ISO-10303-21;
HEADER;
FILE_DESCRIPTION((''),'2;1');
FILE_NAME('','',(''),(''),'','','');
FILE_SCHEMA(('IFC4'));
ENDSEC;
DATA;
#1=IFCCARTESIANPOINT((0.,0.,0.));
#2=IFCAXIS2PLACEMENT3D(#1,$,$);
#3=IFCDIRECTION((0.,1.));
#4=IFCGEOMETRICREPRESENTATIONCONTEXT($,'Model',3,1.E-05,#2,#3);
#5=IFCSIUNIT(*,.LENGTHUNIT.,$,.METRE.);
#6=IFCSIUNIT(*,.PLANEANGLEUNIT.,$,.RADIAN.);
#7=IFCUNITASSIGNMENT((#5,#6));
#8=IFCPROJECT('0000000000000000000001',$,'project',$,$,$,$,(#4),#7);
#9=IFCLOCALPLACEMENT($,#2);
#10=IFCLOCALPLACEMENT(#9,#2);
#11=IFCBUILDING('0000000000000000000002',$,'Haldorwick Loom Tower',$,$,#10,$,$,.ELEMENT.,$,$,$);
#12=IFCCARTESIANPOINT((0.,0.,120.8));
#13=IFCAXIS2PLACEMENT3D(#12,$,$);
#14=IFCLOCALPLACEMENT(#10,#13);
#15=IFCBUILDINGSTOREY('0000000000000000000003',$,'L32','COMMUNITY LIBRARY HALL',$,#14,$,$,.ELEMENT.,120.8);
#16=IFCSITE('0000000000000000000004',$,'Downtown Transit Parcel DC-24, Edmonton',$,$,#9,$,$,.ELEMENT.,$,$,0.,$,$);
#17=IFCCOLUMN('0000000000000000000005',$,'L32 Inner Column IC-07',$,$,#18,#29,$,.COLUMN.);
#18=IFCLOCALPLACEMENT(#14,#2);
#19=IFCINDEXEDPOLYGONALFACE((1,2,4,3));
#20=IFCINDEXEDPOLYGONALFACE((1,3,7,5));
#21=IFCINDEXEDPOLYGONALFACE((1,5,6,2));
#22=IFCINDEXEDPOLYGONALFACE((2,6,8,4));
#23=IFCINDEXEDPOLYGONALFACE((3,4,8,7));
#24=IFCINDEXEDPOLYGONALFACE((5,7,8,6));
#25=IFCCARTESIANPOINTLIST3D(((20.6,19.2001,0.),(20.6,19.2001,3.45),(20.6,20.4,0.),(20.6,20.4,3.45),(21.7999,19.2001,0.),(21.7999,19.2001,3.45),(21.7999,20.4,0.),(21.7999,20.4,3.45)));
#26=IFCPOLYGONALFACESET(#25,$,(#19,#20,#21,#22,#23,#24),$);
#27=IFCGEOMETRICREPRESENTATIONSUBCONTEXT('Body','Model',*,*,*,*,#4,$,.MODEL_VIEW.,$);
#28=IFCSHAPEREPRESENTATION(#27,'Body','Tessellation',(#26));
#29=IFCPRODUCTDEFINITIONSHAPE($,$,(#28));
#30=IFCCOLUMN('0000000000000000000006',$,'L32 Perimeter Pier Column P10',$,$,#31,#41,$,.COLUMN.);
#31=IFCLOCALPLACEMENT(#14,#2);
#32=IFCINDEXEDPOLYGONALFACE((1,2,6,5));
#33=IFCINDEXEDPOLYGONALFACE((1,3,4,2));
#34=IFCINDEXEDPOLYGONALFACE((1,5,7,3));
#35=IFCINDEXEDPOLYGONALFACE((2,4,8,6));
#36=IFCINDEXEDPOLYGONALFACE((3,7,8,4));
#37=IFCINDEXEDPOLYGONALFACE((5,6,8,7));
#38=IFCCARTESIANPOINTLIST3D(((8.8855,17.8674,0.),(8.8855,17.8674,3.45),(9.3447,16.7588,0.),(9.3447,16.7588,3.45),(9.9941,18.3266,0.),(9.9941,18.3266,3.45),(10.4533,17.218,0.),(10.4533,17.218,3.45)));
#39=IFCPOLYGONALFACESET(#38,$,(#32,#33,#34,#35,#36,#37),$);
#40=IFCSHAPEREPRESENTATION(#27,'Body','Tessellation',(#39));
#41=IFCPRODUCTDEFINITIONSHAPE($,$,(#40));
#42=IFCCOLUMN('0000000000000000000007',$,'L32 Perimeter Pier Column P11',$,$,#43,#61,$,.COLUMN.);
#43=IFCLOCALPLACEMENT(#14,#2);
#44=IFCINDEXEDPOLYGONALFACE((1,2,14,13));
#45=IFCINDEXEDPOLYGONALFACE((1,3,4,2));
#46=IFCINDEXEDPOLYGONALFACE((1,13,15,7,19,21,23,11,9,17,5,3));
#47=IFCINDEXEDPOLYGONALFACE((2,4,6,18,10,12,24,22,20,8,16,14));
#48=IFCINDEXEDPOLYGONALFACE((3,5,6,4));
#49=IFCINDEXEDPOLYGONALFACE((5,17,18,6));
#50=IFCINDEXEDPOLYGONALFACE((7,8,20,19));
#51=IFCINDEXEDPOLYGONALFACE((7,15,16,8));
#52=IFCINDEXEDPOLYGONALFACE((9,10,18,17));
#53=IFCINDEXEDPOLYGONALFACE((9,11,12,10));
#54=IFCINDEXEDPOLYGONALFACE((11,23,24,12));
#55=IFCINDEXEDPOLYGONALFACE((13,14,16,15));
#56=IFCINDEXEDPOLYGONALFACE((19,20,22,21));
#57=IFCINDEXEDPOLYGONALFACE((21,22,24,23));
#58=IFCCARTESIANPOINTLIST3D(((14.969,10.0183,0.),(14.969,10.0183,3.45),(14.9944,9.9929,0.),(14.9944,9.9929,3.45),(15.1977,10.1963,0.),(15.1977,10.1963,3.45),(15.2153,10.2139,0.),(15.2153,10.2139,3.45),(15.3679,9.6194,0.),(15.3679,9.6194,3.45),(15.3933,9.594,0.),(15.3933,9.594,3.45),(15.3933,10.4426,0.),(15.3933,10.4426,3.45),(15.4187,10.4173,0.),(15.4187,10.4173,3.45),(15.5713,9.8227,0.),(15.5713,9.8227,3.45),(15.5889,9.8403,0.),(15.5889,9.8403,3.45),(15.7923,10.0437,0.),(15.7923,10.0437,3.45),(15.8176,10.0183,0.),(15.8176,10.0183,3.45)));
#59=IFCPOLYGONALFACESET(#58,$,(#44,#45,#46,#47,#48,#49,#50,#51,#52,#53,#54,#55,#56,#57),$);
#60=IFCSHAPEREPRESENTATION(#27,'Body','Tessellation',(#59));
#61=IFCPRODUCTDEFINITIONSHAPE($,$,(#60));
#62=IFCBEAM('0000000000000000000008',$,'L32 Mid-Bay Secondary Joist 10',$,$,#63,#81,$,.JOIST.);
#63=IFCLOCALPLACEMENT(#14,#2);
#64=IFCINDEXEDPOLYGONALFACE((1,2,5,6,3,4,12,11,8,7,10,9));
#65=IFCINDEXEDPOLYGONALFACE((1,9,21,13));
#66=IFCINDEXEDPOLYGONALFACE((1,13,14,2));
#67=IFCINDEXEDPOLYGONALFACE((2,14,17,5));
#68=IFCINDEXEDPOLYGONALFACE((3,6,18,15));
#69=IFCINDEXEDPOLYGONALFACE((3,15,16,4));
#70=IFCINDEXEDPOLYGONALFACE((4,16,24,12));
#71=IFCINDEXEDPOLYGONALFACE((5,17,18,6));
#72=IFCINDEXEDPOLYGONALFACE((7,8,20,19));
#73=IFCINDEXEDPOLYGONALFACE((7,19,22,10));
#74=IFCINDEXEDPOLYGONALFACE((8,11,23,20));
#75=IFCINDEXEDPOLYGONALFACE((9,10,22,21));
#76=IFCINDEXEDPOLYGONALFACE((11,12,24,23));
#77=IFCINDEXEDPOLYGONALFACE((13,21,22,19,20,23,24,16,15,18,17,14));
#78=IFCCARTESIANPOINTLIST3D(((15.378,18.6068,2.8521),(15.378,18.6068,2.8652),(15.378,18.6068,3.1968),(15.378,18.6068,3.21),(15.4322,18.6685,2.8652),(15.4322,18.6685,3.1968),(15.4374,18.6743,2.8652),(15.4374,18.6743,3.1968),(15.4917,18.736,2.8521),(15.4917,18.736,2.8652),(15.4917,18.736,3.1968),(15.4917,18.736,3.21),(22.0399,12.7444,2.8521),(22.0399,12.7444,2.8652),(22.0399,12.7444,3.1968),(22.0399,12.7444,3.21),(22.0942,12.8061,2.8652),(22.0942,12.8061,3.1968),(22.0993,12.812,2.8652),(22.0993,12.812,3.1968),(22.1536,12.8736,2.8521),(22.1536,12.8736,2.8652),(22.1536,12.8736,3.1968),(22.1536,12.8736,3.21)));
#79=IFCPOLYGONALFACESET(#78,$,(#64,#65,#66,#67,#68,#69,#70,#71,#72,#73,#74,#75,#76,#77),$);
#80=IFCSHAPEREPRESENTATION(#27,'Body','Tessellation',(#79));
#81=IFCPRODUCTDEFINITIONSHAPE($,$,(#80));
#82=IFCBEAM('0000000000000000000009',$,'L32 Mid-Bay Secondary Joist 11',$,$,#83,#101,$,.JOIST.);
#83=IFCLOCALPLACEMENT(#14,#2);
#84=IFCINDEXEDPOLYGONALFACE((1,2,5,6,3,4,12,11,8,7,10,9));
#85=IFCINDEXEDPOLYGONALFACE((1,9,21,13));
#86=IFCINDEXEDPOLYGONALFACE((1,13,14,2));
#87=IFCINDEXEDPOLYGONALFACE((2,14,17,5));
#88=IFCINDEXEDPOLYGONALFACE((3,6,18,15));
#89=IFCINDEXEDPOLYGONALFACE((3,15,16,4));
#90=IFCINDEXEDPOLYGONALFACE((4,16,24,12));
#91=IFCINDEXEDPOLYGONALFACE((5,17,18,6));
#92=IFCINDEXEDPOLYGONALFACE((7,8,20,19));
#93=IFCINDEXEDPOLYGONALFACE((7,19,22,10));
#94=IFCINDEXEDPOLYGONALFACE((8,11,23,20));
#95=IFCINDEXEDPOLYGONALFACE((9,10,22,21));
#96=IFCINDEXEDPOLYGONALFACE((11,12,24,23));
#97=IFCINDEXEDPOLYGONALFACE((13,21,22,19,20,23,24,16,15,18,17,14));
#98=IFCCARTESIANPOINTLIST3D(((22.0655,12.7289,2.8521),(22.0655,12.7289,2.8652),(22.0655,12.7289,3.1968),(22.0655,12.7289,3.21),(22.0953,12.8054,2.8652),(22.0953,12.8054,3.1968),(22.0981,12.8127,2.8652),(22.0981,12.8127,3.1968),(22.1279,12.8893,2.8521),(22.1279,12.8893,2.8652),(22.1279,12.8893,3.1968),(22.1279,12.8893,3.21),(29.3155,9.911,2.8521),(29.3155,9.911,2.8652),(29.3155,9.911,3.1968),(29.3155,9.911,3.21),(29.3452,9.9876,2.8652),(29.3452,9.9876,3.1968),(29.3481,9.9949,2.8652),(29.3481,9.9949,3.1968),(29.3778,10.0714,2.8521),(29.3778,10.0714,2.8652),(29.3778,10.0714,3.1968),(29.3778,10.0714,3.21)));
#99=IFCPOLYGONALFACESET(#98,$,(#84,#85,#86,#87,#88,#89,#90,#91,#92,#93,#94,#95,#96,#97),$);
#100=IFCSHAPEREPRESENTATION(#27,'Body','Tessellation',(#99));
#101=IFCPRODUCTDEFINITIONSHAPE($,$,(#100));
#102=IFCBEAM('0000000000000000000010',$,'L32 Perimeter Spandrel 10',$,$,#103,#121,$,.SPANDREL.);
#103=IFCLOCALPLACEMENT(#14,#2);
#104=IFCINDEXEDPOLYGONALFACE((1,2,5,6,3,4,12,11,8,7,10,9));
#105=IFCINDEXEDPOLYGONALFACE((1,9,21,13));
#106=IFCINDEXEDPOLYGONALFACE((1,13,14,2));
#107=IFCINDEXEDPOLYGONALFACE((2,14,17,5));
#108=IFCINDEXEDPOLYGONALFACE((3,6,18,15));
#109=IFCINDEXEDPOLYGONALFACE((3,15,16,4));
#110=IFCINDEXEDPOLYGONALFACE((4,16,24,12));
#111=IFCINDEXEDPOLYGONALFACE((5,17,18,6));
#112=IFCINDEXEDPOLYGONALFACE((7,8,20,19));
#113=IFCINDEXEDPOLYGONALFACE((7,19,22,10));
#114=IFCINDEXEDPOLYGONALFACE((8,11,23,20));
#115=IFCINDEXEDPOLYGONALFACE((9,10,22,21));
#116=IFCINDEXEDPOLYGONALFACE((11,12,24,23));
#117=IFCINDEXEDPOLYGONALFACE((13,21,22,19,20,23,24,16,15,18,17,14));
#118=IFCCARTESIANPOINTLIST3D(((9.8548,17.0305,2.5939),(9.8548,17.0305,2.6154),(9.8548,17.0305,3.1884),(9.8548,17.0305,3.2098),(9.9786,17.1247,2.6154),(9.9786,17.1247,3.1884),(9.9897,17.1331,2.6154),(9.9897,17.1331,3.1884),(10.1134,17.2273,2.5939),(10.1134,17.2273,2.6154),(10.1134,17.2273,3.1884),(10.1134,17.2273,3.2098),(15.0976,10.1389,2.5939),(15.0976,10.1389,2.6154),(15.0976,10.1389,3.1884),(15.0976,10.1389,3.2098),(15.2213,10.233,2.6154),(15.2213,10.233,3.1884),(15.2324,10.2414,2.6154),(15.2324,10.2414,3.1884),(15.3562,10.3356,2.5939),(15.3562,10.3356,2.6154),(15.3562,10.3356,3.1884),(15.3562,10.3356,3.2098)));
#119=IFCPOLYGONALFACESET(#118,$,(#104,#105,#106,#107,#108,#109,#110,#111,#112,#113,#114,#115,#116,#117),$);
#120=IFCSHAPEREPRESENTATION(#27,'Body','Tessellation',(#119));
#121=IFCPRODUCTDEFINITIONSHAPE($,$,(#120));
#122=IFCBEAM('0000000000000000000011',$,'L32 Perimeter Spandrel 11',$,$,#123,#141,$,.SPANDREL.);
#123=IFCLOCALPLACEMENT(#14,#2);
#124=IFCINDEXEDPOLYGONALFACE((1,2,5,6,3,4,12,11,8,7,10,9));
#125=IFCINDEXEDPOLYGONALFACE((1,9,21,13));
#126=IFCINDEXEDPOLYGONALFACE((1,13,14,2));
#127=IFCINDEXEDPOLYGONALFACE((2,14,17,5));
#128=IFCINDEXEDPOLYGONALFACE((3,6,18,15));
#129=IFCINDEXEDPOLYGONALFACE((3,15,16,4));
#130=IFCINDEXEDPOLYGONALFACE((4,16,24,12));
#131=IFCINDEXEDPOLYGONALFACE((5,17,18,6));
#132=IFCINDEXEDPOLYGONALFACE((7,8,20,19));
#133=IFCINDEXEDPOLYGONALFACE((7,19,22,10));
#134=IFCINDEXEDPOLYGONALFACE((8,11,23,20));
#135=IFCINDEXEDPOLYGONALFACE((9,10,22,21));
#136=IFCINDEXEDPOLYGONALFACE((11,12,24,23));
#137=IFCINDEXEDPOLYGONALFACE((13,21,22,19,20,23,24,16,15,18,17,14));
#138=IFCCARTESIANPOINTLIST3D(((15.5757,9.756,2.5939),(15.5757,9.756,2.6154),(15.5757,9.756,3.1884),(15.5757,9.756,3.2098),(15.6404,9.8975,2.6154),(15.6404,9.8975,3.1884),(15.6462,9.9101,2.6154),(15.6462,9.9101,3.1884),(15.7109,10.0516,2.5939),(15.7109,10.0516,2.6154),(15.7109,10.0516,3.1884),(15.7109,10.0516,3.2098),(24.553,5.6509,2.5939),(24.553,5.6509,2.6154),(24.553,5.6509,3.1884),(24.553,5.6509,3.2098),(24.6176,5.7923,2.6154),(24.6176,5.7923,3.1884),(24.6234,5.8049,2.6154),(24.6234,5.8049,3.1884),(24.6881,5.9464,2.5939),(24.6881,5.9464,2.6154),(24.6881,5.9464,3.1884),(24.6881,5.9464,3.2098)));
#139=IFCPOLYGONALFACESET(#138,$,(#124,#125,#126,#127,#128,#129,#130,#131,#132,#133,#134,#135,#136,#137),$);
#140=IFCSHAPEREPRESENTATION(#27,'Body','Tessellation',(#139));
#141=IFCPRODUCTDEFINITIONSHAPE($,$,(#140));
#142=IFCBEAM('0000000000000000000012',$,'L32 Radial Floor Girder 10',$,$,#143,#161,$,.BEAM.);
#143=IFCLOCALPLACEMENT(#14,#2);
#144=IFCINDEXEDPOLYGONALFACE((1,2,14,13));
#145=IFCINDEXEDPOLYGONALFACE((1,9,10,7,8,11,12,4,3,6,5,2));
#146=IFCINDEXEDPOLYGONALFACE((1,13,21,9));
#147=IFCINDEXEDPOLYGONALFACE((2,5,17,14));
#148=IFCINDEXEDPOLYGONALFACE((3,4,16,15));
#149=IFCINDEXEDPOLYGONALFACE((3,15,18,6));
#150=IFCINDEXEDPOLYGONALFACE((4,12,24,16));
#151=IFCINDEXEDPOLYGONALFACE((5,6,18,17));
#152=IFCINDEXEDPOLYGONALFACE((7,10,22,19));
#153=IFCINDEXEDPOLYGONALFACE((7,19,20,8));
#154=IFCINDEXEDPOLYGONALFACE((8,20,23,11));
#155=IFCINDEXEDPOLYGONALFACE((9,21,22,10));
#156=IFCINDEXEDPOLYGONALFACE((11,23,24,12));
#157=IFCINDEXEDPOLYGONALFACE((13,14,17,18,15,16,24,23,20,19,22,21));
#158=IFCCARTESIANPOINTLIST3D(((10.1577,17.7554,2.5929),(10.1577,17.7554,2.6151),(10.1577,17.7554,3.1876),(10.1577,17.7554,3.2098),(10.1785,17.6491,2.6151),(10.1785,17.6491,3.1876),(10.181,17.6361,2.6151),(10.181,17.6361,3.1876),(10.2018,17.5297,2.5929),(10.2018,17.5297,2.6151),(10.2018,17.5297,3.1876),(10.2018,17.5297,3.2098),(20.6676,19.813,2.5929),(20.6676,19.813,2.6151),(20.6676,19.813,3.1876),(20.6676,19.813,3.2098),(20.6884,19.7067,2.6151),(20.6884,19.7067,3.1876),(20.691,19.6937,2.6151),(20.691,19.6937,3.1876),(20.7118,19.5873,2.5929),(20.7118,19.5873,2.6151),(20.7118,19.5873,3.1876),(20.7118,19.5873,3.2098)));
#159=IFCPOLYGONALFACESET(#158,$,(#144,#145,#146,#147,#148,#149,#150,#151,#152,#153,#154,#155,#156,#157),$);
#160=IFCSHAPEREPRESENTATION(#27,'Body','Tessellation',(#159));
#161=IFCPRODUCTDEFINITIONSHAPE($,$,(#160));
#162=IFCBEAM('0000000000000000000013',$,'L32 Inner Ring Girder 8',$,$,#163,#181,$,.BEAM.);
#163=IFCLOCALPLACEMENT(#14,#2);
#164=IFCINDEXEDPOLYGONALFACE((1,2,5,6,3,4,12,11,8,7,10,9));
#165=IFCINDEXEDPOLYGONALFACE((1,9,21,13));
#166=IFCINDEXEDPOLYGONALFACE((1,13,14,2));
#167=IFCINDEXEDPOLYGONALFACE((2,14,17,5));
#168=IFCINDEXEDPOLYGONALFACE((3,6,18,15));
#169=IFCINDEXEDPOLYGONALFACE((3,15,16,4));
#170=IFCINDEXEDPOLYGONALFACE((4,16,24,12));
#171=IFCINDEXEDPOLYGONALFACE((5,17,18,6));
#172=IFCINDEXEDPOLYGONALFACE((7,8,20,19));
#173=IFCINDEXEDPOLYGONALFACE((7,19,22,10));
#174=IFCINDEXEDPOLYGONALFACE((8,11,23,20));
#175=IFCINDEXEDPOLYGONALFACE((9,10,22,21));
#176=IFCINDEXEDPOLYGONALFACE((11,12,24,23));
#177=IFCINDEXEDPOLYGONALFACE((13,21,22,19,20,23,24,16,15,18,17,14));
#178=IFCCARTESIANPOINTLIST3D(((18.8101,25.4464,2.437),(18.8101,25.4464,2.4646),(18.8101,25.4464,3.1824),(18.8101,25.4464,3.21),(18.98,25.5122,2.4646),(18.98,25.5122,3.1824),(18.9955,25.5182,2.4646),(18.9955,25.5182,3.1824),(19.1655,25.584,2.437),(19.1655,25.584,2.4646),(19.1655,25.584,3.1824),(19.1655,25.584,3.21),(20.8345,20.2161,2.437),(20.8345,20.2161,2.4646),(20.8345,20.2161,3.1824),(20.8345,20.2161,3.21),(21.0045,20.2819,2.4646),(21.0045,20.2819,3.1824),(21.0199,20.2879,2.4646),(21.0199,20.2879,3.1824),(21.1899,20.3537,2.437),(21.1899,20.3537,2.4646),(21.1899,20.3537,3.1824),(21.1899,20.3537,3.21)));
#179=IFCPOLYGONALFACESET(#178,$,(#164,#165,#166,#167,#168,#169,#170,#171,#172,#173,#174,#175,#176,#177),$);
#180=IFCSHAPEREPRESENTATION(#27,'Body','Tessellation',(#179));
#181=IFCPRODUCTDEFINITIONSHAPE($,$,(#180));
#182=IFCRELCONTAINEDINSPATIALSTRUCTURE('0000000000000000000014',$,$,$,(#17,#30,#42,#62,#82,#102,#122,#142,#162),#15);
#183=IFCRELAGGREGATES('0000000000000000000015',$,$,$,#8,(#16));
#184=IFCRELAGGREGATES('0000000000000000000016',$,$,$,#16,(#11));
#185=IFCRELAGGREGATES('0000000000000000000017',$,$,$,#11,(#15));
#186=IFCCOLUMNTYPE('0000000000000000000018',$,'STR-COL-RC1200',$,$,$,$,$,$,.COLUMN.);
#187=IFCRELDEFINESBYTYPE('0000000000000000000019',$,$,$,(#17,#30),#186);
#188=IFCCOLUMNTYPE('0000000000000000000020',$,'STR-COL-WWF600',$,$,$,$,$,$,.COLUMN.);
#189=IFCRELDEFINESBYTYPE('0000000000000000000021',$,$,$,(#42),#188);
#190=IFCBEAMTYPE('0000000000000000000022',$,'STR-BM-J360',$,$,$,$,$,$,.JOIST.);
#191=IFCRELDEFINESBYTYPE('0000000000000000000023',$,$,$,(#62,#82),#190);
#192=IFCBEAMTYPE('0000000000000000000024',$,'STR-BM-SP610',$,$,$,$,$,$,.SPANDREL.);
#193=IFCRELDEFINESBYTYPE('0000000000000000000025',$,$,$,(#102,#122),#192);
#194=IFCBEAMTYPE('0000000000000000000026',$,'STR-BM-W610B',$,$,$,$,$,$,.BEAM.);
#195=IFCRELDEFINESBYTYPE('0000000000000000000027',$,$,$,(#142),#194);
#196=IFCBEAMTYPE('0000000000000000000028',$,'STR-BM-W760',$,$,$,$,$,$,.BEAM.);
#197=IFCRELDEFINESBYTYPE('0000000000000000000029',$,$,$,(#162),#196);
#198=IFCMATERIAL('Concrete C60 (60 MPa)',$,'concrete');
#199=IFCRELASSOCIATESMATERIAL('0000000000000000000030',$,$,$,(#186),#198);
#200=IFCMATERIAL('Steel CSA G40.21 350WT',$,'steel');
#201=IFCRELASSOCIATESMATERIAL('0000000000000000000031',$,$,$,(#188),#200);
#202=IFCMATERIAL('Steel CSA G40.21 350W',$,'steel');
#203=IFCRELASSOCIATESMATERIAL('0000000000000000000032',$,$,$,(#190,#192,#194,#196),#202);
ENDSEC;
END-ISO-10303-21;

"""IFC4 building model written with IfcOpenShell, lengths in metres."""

from ifc_helpers import new_model, si_unit, direction, frame, origin, origin_2d, place, context, subcontext, project, spatial, rectangle, i_section, extrude, material, material_profile, profile_set, type_object, element, save


model = new_model("IFC4")

# Units and contexts
model_context = context("Model", 3, precision=1e-05, world=origin(), true_north=direction((0.0, 1.0)))
body_context = subcontext(model_context, "Body", "Model", "MODEL_VIEW")
ifc_project = project(units=[si_unit("LENGTHUNIT", "METRE"), si_unit("PLANEANGLEUNIT", "RADIAN")], contexts=[model_context])

# Site, building, storey
site_placement = place(None, origin())
site = spatial("IfcSite", under=ifc_project, at=site_placement, Name="Downtown Transit Parcel DC-24, Edmonton", CompositionType="ELEMENT", RefElevation=0.0)
building_placement = place(site_placement, origin())
building = spatial("IfcBuilding", under=site, at=building_placement, Name="Haldorwick Loom Tower", CompositionType="ELEMENT")
storey_placement = place(building_placement, frame((0.0, 0.0, 120.8)))
storey = spatial("IfcBuildingStorey", under=building, at=storey_placement, Name="L32", Description="COMMUNITY LIBRARY HALL", CompositionType="ELEMENT", Elevation=120.8)

# Columns
ifc_material_1 = material(Name="Concrete C60 (60 MPa)", Category="concrete")
ifc_material_profile_1 = material_profile(ifc_material_1, rectangle(XDim=1.2, YDim=1.2, at=origin_2d()), Name="RC1200X1200", Category="concrete")
ifc_profile_set_1 = profile_set([ifc_material_profile_1], Name="Concrete C60 (60 MPa)")
column_type_1 = type_object("IfcColumnType", Name="STR-COL-RC1200", PredefinedType="COLUMN", material=ifc_profile_set_1)
for number, where, z_axis, x_axis, name in (
    (1, (21.2, 19.8, 0.0), (0.0, 0.0, 1.0), (1.0, 0.0, 0.0), "L32 Inner Column IC-07"),
    (2, (9.6694, 17.5427, 0.0), (0.0, 0.0, 1.0), (-0.92388, -0.382683, 0.0), "L32 Perimeter Pier Column P10"),
):
    element("IfcColumn", number, at=place(storey_placement, frame(where, z_axis=z_axis, x_axis=x_axis)), inside=storey, type_object=column_type_1, Name=name, PredefinedType="COLUMN", context=body_context, shape_type="SweptSolid", body=[
        extrude(rectangle(XDim=1.2, YDim=1.2, at=origin_2d()), origin(), (0.0, 0.0, 1.0), 3.45),
    ])
ifc_material_2 = material(Name="Steel CSA G40.21 350WT", Category="steel")
ifc_material_profile_2 = material_profile(ifc_material_2, i_section(OverallWidth=0.6001, OverallDepth=0.6001, WebThickness=0.0249, FlangeThickness=0.0359, at=origin_2d()), Name="WWF600X600", Category="steel")
ifc_profile_set_2 = profile_set([ifc_material_profile_2], Name="Steel CSA G40.21 350WT")
column_type_2 = type_object("IfcColumnType", Name="STR-COL-WWF600", PredefinedType="COLUMN", material=ifc_profile_set_2)
column_placement = place(storey_placement, frame((15.3933, 10.0183, 0.0), z_axis=(0.0, 0.0, 1.0), x_axis=(-0.707107, -0.707107, 0.0)))
element("IfcColumn", 3, at=column_placement, inside=storey, type_object=column_type_2, Name="L32 Perimeter Pier Column P11", PredefinedType="COLUMN", context=body_context, shape_type="SweptSolid", body=[
    extrude(i_section(OverallWidth=0.6001, OverallDepth=0.6001, WebThickness=0.0249, FlangeThickness=0.0359, at=origin_2d()), origin(), (0.0, 0.0, 1.0), 3.45),
])

# Beams
ifc_material_3 = material(Name="Steel CSA G40.21 350W", Category="steel")
ifc_material_profile_3 = material_profile(ifc_material_3, i_section(OverallWidth=0.1721, OverallDepth=0.3579, WebThickness=0.0078, FlangeThickness=0.0132, at=origin_2d()), Name="W360X57", Category="steel")
ifc_profile_set_3 = profile_set([ifc_material_profile_3], Name="Steel CSA G40.21 350W")
beam_type_1 = type_object("IfcBeamType", Name="STR-BM-J360", PredefinedType="JOIST", material=ifc_profile_set_3)
beam_1_placement = place(storey_placement, frame((15.4348, 18.6714, 3.031), z_axis=(0.750721, -0.660619, 0.0), x_axis=(0.660619, 0.750721, 0.0)))
element("IfcBeam", 4, at=beam_1_placement, inside=storey, type_object=beam_type_1, Name="L32 Mid-Bay Secondary Joist 10", PredefinedType="JOIST", context=body_context, shape_type="SweptSolid", body=[
    extrude(i_section(OverallWidth=0.1721, OverallDepth=0.3579, WebThickness=0.0078, FlangeThickness=0.0132, at=origin_2d()), origin(), (0.0, 0.0, 1.0), 8.874),
])
beam_2_placement = place(storey_placement, frame((22.0967, 12.8091, 3.031), z_axis=(0.932073, -0.362271, 0.0), x_axis=(0.362271, 0.932073, 0.0)))
element("IfcBeam", 5, at=beam_2_placement, inside=storey, type_object=beam_type_1, Name="L32 Mid-Bay Secondary Joist 11", PredefinedType="JOIST", context=body_context, shape_type="SweptSolid", body=[
    extrude(i_section(OverallWidth=0.1721, OverallDepth=0.3579, WebThickness=0.0078, FlangeThickness=0.0132, at=origin_2d()), origin(), (0.0, 0.0, 1.0), 7.7783),
])
ifc_material_profile_4 = material_profile(ifc_material_3, i_section(OverallWidth=0.325, OverallDepth=0.616, WebThickness=0.0139, FlangeThickness=0.0215, at=origin_2d()), Name="W610X174", Category="steel")
ifc_profile_set_4 = profile_set([ifc_material_profile_4], Name="Steel CSA G40.21 350W")
beam_type_2 = type_object("IfcBeamType", Name="STR-BM-SP610", PredefinedType="SPANDREL", material=ifc_profile_set_4)
beam_3_placement = place(storey_placement, frame((9.9841, 17.1289, 2.9019), z_axis=(0.605454, -0.795881, 0.0), x_axis=(0.795881, 0.605454, 0.0)))
element("IfcBeam", 6, at=beam_3_placement, inside=storey, type_object=beam_type_2, Name="L32 Perimeter Spandrel 10", PredefinedType="SPANDREL", context=body_context, shape_type="SweptSolid", body=[
    extrude(i_section(OverallWidth=0.325, OverallDepth=0.616, WebThickness=0.0139, FlangeThickness=0.0215, at=origin_2d()), origin(), (0.0, 0.0, 1.0), 8.6592),
])
beam_4_placement = place(storey_placement, frame((15.6433, 9.9038, 2.9019), z_axis=(0.909424, -0.41587, 0.0), x_axis=(0.41587, 0.909424, 0.0)))
element("IfcBeam", 7, at=beam_4_placement, inside=storey, type_object=beam_type_2, Name="L32 Perimeter Spandrel 11", PredefinedType="SPANDREL", context=body_context, shape_type="SweptSolid", body=[
    extrude(i_section(OverallWidth=0.325, OverallDepth=0.616, WebThickness=0.0139, FlangeThickness=0.0215, at=origin_2d()), origin(), (0.0, 0.0, 1.0), 9.8713),
])
ifc_material_profile_5 = material_profile(ifc_material_3, i_section(OverallWidth=0.23, OverallDepth=0.6169, WebThickness=0.0132, FlangeThickness=0.0222, at=origin_2d()), Name="W610X140", Category="steel")
ifc_profile_set_5 = profile_set([ifc_material_profile_5], Name="Steel CSA G40.21 350W")
beam_type_3 = type_object("IfcBeamType", Name="STR-BM-W610B", PredefinedType="BEAM", material=ifc_profile_set_5)
beam_5_placement = place(storey_placement, frame((20.6897, 19.7002, 2.9014), z_axis=(-0.98137, -0.192129, 0.0), x_axis=(0.192129, -0.98137, 0.0)))
element("IfcBeam", 8, at=beam_5_placement, inside=storey, type_object=beam_type_3, Name="L32 Radial Floor Girder 10", PredefinedType="BEAM", context=body_context, shape_type="SweptSolid", body=[
    extrude(i_section(OverallWidth=0.23, OverallDepth=0.6169, WebThickness=0.0132, FlangeThickness=0.0222, at=origin_2d()), origin(), (0.0, 0.0, 1.0), 10.7095),
])
ifc_material_profile_6 = material_profile(ifc_material_3, i_section(OverallWidth=0.3811, OverallDepth=0.7729, WebThickness=0.0166, FlangeThickness=0.0276, at=origin_2d()), Name="W760X257", Category="steel")
ifc_profile_set_6 = profile_set([ifc_material_profile_6], Name="Steel CSA G40.21 350W")
beam_type_4 = type_object("IfcBeamType", Name="STR-BM-W760", PredefinedType="BEAM", material=ifc_profile_set_6)
beam_6_placement = place(storey_placement, frame((21.0122, 20.2849, 2.8235), z_axis=(-0.360965, 0.932579, 0.0), x_axis=(-0.932579, -0.360965, 0.0)))
element("IfcBeam", 9, at=beam_6_placement, inside=storey, type_object=beam_type_4, Name="L32 Inner Ring Girder 8", PredefinedType="BEAM", context=body_context, shape_type="SweptSolid", body=[
    extrude(i_section(OverallWidth=0.3811, OverallDepth=0.7729, WebThickness=0.0166, FlangeThickness=0.0276, at=origin_2d()), origin(), (0.0, 0.0, 1.0), 5.6084),
])

save(model, "model.ifc")
